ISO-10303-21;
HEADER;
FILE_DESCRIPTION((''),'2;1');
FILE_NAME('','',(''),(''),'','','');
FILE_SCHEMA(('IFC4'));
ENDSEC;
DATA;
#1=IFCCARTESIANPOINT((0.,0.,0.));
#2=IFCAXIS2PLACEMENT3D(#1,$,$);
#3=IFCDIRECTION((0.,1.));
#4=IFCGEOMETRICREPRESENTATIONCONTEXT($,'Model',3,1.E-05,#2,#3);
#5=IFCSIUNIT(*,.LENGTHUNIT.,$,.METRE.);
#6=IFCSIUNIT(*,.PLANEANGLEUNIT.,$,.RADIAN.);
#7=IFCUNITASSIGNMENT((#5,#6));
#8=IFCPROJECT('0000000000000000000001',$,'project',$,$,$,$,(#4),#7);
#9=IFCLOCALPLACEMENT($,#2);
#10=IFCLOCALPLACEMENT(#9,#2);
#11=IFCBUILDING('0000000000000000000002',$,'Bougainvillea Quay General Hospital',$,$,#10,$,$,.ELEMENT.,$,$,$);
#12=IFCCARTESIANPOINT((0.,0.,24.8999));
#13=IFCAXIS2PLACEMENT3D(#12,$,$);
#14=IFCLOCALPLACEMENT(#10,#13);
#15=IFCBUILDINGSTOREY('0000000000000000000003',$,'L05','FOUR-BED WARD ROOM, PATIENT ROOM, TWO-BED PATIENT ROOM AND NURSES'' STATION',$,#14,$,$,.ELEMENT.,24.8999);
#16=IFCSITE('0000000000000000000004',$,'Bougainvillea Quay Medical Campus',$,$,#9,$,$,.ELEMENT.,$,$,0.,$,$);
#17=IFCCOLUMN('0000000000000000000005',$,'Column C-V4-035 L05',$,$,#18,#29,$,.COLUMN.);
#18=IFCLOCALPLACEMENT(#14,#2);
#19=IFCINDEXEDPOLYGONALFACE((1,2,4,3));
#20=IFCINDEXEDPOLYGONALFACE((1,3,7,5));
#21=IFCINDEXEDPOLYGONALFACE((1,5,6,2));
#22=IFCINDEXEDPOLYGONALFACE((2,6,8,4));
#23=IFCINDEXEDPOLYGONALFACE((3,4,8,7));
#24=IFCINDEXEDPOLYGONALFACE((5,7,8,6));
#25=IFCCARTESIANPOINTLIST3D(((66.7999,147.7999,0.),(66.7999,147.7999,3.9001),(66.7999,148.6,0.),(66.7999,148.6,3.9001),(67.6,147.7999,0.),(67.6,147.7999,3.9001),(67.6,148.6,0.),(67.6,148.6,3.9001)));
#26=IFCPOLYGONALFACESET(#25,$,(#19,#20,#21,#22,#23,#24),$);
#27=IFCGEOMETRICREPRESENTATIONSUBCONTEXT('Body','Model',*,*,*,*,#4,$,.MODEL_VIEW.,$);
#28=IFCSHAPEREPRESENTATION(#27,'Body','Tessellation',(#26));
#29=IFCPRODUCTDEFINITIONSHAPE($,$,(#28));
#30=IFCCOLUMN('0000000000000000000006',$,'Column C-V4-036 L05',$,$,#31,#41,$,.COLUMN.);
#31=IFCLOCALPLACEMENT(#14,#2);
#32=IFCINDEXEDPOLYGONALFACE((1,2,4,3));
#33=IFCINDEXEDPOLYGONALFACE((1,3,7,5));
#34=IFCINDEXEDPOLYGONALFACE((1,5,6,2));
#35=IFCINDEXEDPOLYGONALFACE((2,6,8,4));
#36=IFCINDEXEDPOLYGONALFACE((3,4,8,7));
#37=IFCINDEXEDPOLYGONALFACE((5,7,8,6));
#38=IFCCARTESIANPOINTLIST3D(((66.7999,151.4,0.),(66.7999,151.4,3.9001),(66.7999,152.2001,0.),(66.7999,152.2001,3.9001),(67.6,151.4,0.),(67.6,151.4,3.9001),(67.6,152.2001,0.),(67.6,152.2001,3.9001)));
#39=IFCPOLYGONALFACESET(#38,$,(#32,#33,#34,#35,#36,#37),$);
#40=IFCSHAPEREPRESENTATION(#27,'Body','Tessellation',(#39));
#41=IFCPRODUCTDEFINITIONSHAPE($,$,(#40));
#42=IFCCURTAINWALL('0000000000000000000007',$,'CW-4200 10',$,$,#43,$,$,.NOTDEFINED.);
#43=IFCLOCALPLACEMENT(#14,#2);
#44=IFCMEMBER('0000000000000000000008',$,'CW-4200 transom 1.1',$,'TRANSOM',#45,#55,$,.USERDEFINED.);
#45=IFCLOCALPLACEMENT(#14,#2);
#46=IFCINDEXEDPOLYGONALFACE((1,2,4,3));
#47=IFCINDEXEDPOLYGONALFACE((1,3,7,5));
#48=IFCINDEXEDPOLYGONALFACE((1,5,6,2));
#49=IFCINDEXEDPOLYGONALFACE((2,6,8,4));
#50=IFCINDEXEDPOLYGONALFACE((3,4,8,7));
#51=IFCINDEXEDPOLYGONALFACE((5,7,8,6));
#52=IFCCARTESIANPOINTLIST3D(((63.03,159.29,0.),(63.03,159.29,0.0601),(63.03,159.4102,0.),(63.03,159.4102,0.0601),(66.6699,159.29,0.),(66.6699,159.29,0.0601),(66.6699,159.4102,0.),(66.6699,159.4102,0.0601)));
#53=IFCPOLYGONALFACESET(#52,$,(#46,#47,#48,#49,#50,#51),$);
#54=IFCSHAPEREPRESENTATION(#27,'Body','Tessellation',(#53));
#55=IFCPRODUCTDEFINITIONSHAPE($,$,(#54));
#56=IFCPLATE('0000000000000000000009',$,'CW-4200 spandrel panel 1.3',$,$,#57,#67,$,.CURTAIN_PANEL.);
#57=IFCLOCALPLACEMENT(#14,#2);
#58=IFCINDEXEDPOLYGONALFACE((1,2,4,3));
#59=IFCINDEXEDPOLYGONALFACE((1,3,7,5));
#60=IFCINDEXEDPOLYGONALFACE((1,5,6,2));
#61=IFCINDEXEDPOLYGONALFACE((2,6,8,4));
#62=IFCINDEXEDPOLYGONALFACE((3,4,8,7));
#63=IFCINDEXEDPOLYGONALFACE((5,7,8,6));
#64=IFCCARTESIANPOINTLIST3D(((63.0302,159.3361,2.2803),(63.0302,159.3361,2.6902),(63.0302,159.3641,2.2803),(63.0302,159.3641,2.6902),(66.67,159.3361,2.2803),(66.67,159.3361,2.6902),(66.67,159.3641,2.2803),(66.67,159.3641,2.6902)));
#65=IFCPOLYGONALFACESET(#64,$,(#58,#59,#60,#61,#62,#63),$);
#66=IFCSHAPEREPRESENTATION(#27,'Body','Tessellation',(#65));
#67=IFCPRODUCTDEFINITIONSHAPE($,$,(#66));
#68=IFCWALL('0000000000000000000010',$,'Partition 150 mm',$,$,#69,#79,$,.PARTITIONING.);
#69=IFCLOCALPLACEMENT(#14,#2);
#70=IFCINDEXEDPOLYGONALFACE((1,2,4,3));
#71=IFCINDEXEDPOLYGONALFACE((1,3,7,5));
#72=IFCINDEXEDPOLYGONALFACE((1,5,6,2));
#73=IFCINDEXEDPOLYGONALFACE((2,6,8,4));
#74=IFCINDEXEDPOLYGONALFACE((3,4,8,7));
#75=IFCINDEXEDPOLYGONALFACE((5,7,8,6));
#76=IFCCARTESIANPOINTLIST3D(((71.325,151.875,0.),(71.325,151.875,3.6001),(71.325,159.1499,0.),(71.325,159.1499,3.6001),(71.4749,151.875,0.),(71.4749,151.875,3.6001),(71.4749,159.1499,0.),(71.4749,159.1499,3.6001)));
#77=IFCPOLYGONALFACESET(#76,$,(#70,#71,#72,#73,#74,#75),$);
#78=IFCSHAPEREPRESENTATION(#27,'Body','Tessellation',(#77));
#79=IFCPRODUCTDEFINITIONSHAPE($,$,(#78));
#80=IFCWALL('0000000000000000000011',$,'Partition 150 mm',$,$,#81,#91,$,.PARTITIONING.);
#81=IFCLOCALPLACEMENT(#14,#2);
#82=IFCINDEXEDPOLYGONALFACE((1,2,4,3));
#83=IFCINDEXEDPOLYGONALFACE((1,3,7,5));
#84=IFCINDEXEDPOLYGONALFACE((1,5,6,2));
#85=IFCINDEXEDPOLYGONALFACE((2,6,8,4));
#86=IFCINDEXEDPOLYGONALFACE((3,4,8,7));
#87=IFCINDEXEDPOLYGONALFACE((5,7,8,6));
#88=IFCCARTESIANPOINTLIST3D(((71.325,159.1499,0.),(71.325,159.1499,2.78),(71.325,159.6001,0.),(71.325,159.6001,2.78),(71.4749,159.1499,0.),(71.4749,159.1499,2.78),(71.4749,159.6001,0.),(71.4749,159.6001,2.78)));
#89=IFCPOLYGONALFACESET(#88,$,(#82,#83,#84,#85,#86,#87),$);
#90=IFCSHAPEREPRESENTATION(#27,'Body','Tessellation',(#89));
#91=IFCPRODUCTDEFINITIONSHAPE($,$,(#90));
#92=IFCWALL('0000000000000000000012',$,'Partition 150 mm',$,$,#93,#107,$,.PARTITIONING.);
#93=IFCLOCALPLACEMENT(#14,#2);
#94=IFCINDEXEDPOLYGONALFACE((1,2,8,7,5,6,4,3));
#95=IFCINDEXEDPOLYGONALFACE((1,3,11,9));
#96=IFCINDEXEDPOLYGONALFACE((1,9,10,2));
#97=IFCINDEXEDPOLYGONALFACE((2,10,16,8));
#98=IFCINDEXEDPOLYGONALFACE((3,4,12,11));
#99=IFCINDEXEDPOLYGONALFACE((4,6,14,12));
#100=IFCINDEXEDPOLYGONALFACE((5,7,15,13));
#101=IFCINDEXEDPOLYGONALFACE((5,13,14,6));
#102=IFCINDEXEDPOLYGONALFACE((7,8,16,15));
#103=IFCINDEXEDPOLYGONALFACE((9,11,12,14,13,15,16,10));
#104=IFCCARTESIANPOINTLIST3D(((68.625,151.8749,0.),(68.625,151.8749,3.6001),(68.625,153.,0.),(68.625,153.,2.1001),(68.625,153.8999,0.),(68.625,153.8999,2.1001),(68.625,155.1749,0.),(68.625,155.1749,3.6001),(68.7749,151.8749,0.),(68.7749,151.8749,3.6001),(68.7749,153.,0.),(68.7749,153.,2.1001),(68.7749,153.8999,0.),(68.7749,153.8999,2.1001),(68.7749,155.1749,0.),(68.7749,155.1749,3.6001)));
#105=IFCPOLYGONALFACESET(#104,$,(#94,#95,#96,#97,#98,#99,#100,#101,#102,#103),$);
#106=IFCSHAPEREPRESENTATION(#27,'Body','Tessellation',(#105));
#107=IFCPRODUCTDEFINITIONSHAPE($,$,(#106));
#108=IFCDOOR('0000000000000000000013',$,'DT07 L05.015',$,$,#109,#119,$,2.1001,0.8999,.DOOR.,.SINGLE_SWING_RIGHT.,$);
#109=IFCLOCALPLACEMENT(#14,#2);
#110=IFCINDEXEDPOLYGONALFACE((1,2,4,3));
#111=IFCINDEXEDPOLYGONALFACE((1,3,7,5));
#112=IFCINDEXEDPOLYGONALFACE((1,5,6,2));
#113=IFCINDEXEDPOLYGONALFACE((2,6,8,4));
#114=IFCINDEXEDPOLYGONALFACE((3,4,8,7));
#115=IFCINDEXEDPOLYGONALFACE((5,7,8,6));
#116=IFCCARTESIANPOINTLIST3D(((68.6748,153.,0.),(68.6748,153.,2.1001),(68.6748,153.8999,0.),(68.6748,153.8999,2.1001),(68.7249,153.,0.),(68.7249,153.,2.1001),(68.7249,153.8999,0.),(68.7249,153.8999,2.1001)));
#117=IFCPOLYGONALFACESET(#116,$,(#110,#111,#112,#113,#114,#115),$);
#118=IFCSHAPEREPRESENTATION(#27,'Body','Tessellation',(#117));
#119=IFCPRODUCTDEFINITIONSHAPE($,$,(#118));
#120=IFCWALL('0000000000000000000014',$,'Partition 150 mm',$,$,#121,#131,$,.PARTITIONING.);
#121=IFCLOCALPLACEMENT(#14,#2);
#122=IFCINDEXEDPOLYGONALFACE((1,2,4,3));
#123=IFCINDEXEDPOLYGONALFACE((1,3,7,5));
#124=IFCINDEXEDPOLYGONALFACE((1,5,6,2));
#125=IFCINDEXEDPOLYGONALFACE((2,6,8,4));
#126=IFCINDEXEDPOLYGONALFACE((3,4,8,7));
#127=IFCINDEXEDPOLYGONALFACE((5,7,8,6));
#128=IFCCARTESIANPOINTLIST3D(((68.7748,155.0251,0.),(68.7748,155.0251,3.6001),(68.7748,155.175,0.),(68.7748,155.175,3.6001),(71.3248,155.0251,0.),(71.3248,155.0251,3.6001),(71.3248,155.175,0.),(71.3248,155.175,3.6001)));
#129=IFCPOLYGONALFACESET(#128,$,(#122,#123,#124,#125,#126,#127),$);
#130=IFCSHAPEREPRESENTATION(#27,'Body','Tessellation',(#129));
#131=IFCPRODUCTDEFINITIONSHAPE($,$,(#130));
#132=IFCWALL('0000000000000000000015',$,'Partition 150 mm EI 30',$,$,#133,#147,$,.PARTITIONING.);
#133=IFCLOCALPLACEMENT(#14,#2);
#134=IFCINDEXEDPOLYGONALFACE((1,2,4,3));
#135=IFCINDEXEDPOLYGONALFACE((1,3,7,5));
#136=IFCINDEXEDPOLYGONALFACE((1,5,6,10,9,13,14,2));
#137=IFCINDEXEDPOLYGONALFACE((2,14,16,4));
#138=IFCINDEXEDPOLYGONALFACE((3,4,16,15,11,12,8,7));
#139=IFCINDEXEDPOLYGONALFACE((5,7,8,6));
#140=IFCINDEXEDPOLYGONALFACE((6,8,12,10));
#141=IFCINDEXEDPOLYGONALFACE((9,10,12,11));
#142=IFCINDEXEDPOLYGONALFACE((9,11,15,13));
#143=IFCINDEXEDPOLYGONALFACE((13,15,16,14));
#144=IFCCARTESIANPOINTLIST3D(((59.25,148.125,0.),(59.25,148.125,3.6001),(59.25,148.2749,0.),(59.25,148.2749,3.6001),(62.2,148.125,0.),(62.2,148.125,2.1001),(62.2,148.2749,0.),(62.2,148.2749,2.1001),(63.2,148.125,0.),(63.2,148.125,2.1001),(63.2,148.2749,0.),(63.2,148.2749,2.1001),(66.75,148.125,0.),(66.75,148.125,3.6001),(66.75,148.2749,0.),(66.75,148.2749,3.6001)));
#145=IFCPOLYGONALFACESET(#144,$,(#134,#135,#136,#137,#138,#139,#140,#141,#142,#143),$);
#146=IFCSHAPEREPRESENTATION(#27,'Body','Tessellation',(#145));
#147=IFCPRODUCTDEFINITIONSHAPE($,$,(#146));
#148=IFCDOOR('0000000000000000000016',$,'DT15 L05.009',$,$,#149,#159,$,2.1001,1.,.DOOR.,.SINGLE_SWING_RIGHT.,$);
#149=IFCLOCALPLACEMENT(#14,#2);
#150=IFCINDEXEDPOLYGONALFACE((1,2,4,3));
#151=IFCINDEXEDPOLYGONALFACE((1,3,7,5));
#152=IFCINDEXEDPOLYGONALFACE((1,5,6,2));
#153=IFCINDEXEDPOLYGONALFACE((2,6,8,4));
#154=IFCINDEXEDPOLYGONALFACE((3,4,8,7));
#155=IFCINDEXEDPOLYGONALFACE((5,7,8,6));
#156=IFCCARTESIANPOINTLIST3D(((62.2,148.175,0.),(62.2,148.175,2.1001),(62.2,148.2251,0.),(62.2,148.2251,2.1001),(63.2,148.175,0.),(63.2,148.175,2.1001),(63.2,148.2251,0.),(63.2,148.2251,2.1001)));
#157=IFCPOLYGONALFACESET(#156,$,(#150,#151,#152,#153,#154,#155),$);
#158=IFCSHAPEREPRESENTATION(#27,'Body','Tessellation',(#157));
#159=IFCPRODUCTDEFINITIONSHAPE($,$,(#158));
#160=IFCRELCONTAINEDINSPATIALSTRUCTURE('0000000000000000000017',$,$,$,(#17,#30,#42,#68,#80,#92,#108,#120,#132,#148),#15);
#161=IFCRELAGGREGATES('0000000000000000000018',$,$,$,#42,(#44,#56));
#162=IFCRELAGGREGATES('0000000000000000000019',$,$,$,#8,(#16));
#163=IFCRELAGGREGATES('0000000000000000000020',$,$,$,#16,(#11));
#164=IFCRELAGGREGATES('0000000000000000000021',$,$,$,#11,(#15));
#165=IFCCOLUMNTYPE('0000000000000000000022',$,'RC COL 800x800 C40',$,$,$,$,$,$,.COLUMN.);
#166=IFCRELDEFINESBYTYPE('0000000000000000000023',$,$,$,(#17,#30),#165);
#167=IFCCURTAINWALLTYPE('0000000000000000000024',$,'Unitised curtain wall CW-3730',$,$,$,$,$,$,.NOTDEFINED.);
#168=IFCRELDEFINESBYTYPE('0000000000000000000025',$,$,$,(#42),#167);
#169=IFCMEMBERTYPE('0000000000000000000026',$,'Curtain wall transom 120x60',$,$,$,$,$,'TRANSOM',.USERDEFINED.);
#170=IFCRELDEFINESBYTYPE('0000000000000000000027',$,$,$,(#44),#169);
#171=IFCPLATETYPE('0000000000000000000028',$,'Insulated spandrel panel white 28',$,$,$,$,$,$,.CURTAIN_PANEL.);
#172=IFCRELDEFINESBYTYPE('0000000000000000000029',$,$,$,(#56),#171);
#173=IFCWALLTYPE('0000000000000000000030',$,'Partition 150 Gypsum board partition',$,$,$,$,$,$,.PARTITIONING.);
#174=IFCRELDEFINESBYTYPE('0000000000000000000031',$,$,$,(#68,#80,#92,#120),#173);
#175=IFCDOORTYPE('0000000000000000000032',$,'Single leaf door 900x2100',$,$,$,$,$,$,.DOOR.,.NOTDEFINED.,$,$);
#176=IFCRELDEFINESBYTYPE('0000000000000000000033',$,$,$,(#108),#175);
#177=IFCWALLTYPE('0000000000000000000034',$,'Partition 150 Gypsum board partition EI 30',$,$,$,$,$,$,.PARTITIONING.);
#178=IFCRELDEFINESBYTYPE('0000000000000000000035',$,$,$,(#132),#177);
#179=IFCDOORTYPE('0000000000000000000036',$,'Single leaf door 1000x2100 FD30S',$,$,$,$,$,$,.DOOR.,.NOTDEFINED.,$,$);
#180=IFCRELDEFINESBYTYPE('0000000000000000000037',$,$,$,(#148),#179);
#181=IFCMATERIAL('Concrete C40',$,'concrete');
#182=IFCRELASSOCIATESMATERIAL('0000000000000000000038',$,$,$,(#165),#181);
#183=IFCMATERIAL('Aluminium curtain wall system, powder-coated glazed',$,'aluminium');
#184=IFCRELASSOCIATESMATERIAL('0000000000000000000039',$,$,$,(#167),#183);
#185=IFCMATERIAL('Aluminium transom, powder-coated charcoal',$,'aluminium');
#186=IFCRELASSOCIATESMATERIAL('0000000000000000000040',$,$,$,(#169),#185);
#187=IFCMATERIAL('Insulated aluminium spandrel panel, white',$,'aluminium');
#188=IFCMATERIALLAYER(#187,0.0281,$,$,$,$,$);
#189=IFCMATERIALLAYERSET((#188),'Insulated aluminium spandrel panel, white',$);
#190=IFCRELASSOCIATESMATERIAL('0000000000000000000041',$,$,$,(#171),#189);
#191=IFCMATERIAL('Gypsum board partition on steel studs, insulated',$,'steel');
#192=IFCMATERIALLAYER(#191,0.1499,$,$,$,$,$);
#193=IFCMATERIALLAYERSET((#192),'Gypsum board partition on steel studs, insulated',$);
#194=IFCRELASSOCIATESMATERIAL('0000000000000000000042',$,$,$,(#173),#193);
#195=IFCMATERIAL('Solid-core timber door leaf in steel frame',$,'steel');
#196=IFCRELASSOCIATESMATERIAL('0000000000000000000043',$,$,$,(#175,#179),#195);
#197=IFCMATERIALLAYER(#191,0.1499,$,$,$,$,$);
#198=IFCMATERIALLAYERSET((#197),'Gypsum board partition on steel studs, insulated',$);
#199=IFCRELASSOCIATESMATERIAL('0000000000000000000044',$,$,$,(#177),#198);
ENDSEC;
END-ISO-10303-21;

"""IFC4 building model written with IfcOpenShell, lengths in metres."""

from ifc_helpers import new_model, si_unit, direction, frame, frame_2d, origin, origin_2d, place, context, subcontext, project, spatial, rectangle, extrude, material, layer, layer_set, material_profile, profile_set, type_object, element, fill, aggregate, save


model = new_model("IFC4")

# Units and contexts
model_context = context("Model", 3, precision=1e-05, world=origin(), true_north=direction((0.0, 1.0)))
body_context = subcontext(model_context, "Body", "Model", "MODEL_VIEW")
ifc_project = project(units=[si_unit("LENGTHUNIT", "METRE"), si_unit("PLANEANGLEUNIT", "RADIAN")], contexts=[model_context])

# Site, building, storey
site_placement = place(None, origin())
site = spatial("IfcSite", under=ifc_project, at=site_placement, Name="Bougainvillea Quay Medical Campus", CompositionType="ELEMENT", RefElevation=0.0)
building_placement = place(site_placement, origin())
building = spatial("IfcBuilding", under=site, at=building_placement, Name="Bougainvillea Quay General Hospital", CompositionType="ELEMENT")
storey_placement = place(building_placement, frame((0.0, 0.0, 24.8999)))
storey = spatial("IfcBuildingStorey", under=building, at=storey_placement, Name="L05", Description="FOUR-BED WARD ROOM, PATIENT ROOM, TWO-BED PATIENT ROOM AND NURSES' STATION", CompositionType="ELEMENT", Elevation=24.8999)

# Columns
ifc_material_1 = material(Name="Concrete C40", Category="concrete")
ifc_material_profile_1 = material_profile(ifc_material_1, rectangle(XDim=0.8, YDim=0.8, at=origin_2d()))
ifc_profile_set_1 = profile_set([ifc_material_profile_1], Name="Concrete C40")
column_type = type_object("IfcColumnType", Name="RC COL 800x800 C40", PredefinedType="COLUMN", material=ifc_profile_set_1)
for number, where, z_axis, x_axis, name in (
    (1, (67.2, 148.2, 0.0), (0.0, 0.0, 1.0), (1.0, 0.0, 0.0), "Column C-V4-035 L05"),
    (2, (67.2, 151.8, 0.0), (0.0, 0.0, 1.0), (1.0, 0.0, 0.0), "Column C-V4-036 L05"),
):
    element("IfcColumn", number, at=place(storey_placement, frame(where, z_axis=z_axis, x_axis=x_axis)), inside=storey, type_object=column_type, Name=name, PredefinedType="COLUMN", context=body_context, shape_type="SweptSolid", body=[
        extrude(rectangle(XDim=0.8, YDim=0.8, at=origin_2d()), origin(), (0.0, 0.0, 1.0), 3.9001),
    ])

# Curtain wall, member, plate
ifc_material_2 = material(Name="Aluminium curtain wall system, powder-coated glazed", Category="aluminium")
curtain_wall_type = type_object("IfcCurtainWallType", Name="Unitised curtain wall CW-3730", PredefinedType="NOTDEFINED", material=ifc_material_2)
curtain_wall_placement = place(storey_placement, origin())
curtain_wall = element("IfcCurtainWall", 3, at=curtain_wall_placement, inside=storey, type_object=curtain_wall_type, Name="CW-4200 10", PredefinedType="NOTDEFINED")
ifc_material_3 = material(Name="Aluminium transom, powder-coated charcoal", Category="aluminium")
ifc_material_profile_2 = material_profile(ifc_material_3, rectangle(XDim=0.1201, YDim=0.0601, at=origin_2d()))
ifc_profile_set_2 = profile_set([ifc_material_profile_2], Name="Aluminium transom, powder-coated charcoal")
member_type = type_object("IfcMemberType", Name="Curtain wall transom 120x60", ElementType="TRANSOM", PredefinedType="USERDEFINED", material=ifc_profile_set_2)
member_placement = place(storey_placement, frame((66.6699, 159.3501, 0.03), z_axis=(-1.0, 0.0, 0.0), x_axis=(0.0, -1.0, 0.0)))
member = element("IfcMember", 4, at=member_placement, type_object=member_type, Name="CW-4200 transom 1.1", ObjectType="TRANSOM", PredefinedType="USERDEFINED", context=body_context, shape_type="SweptSolid", body=[
    extrude(rectangle(XDim=0.1201, YDim=0.0601, at=origin_2d()), origin(), (0.0, 0.0, 1.0), 3.6399),
])
ifc_material_4 = material(Name="Insulated aluminium spandrel panel, white", Category="aluminium")
ifc_layer_1 = layer(ifc_material_4, 0.0281)
ifc_layer_set_1 = layer_set([ifc_layer_1], Name="Insulated aluminium spandrel panel, white")
plate_type = type_object("IfcPlateType", Name="Insulated spandrel panel white 28", PredefinedType="CURTAIN_PANEL", material=ifc_layer_set_1)
plate_placement = place(storey_placement, frame((64.8501, 159.3501, 2.2803), z_axis=(0.0, 0.0, 1.0), x_axis=(-1.0, 0.0, 0.0)))
plate = element("IfcPlate", 5, at=plate_placement, type_object=plate_type, Name="CW-4200 spandrel panel 1.3", PredefinedType="CURTAIN_PANEL", context=body_context, shape_type="SweptSolid", body=[
    extrude(rectangle(XDim=3.6399, YDim=0.0281, at=origin_2d()), origin(), (0.0, 0.0, 1.0), 0.4099),
])
aggregate(curtain_wall, [member, plate])

# Walls
ifc_material_5 = material(Name="Gypsum board partition on steel studs, insulated", Category="steel")
ifc_layer_2 = layer(ifc_material_5, 0.1499)
ifc_layer_set_2 = layer_set([ifc_layer_2], Name="Gypsum board partition on steel studs, insulated")
wall_type_1 = type_object("IfcWallType", Name="Partition 150 Gypsum board partition", PredefinedType="PARTITIONING", material=ifc_layer_set_2)
wall_1_placement = place(storey_placement, frame((71.3999, 151.875, 0.0), z_axis=(0.0, 0.0, 1.0), x_axis=(0.0, 1.0, 0.0)))
element("IfcWall", 6, at=wall_1_placement, inside=storey, type_object=wall_type_1, Name="Partition 150 mm", PredefinedType="PARTITIONING", context=body_context, shape_type="SweptSolid", body=[
    extrude(rectangle(XDim=7.2749, YDim=0.1499, at=frame_2d((3.6375, 0.0))), origin(), (0.0, 0.0, 1.0), 3.6001),
])
wall_2_placement = place(storey_placement, frame((71.3999, 159.1499, 0.0), z_axis=(0.0, 0.0, 1.0), x_axis=(0.0, 1.0, 0.0)))
element("IfcWall", 7, at=wall_2_placement, inside=storey, type_object=wall_type_1, Name="Partition 150 mm", PredefinedType="PARTITIONING", context=body_context, shape_type="SweptSolid", body=[
    extrude(rectangle(XDim=0.4502, YDim=0.1499, at=frame_2d((0.2251, 0.0))), origin(), (0.0, 0.0, 1.0), 2.78),
])

# Wall, opening, door
wall_3_placement = place(storey_placement, frame((68.7, 151.875, 0.0), z_axis=(0.0, 0.0, 1.0), x_axis=(0.0, 1.0, 0.0)))
wall_3 = element("IfcWall", 8, at=wall_3_placement, inside=storey, type_object=wall_type_1, Name="Partition 150 mm", PredefinedType="PARTITIONING", context=body_context, shape_type="SweptSolid", body=[
    extrude(rectangle(XDim=3.3, YDim=0.1499, at=frame_2d((1.6499, 0.0))), origin(), (0.0, 0.0, 1.0), 3.6001),
])
opening_1_placement = place(wall_3_placement, frame((1.125, 0.0, 0.0)))
opening_1 = element("IfcOpeningElement", 9, at=opening_1_placement, cuts=wall_3, PredefinedType="OPENING", context=body_context, shape_type="SweptSolid", body=[
    extrude(rectangle(XDim=0.8999, YDim=2.1001, at=frame_2d((0.45, 1.05))), frame((0.0, 0.085, 0.0), z_axis=(0.0, -1.0, 0.0), x_axis=(1.0, 0.0, 0.0)), (0.0, 0.0, 1.0), 0.1699),
])
ifc_material_6 = material(Name="Solid-core timber door leaf in steel frame", Category="steel")
door_type_1 = type_object("IfcDoorType", Name="Single leaf door 900x2100", OperationType="NOTDEFINED", PredefinedType="DOOR", material=ifc_material_6)
door_1_placement = place(opening_1_placement, frame((0.8999, 0.0, 0.0), z_axis=(0.0, 0.0, 1.0), x_axis=(-1.0, 0.0, 0.0)))
door_1 = element("IfcDoor", 10, at=door_1_placement, inside=storey, type_object=door_type_1, Name="DT07 L05.015", OperationType="SINGLE_SWING_RIGHT", OverallHeight=2.1001, OverallWidth=0.8999, PredefinedType="DOOR", context=body_context, shape_type="SweptSolid", body=[
    extrude(rectangle(XDim=0.8999, YDim=2.1001, at=frame_2d((0.45, 1.05))), frame((0.0, 0.0249, 0.0), z_axis=(0.0, -1.0, 0.0), x_axis=(1.0, 0.0, 0.0)), (0.0, 0.0, 1.0), 0.05),
])
fill(opening_1, door_1)

# Wall
wall_4_placement = place(storey_placement, frame((68.7749, 155.1001, 0.0), z_axis=(0.0, 0.0, 1.0), x_axis=(1.0, 0.0, 0.0)))
element("IfcWall", 11, at=wall_4_placement, inside=storey, type_object=wall_type_1, Name="Partition 150 mm", PredefinedType="PARTITIONING", context=body_context, shape_type="SweptSolid", body=[
    extrude(rectangle(XDim=2.55, YDim=0.1499, at=frame_2d((1.2749, 0.0))), origin(), (0.0, 0.0, 1.0), 3.6001),
])

# Wall, opening, door
ifc_layer_3 = layer(ifc_material_5, 0.1499)
ifc_layer_set_3 = layer_set([ifc_layer_3], Name="Gypsum board partition on steel studs, insulated")
wall_type_2 = type_object("IfcWallType", Name="Partition 150 Gypsum board partition EI 30", PredefinedType="PARTITIONING", material=ifc_layer_set_3)
wall_5_placement = place(storey_placement, frame((66.75, 148.2, 0.0), z_axis=(0.0, 0.0, 1.0), x_axis=(-1.0, 0.0, 0.0)))
wall_5 = element("IfcWall", 12, at=wall_5_placement, inside=storey, type_object=wall_type_2, Name="Partition 150 mm EI 30", PredefinedType="PARTITIONING", context=body_context, shape_type="SweptSolid", body=[
    extrude(rectangle(XDim=7.5, YDim=0.1499, at=frame_2d((3.75, 0.0))), origin(), (0.0, 0.0, 1.0), 3.6001),
])
opening_2_placement = place(wall_5_placement, frame((3.55, 0.0, 0.0)))
opening_2 = element("IfcOpeningElement", 13, at=opening_2_placement, cuts=wall_5, PredefinedType="OPENING", context=body_context, shape_type="SweptSolid", body=[
    extrude(rectangle(XDim=1.0, YDim=2.1001, at=frame_2d((0.5, 1.05))), frame((0.0, 0.085, 0.0), z_axis=(0.0, -1.0, 0.0), x_axis=(1.0, 0.0, 0.0)), (0.0, 0.0, 1.0), 0.1699),
])
door_type_2 = type_object("IfcDoorType", Name="Single leaf door 1000x2100 FD30S", OperationType="NOTDEFINED", PredefinedType="DOOR", material=ifc_material_6)
door_2_placement = place(opening_2_placement, origin())
door_2 = element("IfcDoor", 14, at=door_2_placement, inside=storey, type_object=door_type_2, Name="DT15 L05.009", OperationType="SINGLE_SWING_RIGHT", OverallHeight=2.1001, OverallWidth=1.0, PredefinedType="DOOR", context=body_context, shape_type="SweptSolid", body=[
    extrude(rectangle(XDim=1.0, YDim=2.1001, at=frame_2d((0.5, 1.05))), frame((0.0, 0.0249, 0.0), z_axis=(0.0, -1.0, 0.0), x_axis=(1.0, 0.0, 0.0)), (0.0, 0.0, 1.0), 0.05),
])
fill(opening_2, door_2)

save(model, "model.ifc")
